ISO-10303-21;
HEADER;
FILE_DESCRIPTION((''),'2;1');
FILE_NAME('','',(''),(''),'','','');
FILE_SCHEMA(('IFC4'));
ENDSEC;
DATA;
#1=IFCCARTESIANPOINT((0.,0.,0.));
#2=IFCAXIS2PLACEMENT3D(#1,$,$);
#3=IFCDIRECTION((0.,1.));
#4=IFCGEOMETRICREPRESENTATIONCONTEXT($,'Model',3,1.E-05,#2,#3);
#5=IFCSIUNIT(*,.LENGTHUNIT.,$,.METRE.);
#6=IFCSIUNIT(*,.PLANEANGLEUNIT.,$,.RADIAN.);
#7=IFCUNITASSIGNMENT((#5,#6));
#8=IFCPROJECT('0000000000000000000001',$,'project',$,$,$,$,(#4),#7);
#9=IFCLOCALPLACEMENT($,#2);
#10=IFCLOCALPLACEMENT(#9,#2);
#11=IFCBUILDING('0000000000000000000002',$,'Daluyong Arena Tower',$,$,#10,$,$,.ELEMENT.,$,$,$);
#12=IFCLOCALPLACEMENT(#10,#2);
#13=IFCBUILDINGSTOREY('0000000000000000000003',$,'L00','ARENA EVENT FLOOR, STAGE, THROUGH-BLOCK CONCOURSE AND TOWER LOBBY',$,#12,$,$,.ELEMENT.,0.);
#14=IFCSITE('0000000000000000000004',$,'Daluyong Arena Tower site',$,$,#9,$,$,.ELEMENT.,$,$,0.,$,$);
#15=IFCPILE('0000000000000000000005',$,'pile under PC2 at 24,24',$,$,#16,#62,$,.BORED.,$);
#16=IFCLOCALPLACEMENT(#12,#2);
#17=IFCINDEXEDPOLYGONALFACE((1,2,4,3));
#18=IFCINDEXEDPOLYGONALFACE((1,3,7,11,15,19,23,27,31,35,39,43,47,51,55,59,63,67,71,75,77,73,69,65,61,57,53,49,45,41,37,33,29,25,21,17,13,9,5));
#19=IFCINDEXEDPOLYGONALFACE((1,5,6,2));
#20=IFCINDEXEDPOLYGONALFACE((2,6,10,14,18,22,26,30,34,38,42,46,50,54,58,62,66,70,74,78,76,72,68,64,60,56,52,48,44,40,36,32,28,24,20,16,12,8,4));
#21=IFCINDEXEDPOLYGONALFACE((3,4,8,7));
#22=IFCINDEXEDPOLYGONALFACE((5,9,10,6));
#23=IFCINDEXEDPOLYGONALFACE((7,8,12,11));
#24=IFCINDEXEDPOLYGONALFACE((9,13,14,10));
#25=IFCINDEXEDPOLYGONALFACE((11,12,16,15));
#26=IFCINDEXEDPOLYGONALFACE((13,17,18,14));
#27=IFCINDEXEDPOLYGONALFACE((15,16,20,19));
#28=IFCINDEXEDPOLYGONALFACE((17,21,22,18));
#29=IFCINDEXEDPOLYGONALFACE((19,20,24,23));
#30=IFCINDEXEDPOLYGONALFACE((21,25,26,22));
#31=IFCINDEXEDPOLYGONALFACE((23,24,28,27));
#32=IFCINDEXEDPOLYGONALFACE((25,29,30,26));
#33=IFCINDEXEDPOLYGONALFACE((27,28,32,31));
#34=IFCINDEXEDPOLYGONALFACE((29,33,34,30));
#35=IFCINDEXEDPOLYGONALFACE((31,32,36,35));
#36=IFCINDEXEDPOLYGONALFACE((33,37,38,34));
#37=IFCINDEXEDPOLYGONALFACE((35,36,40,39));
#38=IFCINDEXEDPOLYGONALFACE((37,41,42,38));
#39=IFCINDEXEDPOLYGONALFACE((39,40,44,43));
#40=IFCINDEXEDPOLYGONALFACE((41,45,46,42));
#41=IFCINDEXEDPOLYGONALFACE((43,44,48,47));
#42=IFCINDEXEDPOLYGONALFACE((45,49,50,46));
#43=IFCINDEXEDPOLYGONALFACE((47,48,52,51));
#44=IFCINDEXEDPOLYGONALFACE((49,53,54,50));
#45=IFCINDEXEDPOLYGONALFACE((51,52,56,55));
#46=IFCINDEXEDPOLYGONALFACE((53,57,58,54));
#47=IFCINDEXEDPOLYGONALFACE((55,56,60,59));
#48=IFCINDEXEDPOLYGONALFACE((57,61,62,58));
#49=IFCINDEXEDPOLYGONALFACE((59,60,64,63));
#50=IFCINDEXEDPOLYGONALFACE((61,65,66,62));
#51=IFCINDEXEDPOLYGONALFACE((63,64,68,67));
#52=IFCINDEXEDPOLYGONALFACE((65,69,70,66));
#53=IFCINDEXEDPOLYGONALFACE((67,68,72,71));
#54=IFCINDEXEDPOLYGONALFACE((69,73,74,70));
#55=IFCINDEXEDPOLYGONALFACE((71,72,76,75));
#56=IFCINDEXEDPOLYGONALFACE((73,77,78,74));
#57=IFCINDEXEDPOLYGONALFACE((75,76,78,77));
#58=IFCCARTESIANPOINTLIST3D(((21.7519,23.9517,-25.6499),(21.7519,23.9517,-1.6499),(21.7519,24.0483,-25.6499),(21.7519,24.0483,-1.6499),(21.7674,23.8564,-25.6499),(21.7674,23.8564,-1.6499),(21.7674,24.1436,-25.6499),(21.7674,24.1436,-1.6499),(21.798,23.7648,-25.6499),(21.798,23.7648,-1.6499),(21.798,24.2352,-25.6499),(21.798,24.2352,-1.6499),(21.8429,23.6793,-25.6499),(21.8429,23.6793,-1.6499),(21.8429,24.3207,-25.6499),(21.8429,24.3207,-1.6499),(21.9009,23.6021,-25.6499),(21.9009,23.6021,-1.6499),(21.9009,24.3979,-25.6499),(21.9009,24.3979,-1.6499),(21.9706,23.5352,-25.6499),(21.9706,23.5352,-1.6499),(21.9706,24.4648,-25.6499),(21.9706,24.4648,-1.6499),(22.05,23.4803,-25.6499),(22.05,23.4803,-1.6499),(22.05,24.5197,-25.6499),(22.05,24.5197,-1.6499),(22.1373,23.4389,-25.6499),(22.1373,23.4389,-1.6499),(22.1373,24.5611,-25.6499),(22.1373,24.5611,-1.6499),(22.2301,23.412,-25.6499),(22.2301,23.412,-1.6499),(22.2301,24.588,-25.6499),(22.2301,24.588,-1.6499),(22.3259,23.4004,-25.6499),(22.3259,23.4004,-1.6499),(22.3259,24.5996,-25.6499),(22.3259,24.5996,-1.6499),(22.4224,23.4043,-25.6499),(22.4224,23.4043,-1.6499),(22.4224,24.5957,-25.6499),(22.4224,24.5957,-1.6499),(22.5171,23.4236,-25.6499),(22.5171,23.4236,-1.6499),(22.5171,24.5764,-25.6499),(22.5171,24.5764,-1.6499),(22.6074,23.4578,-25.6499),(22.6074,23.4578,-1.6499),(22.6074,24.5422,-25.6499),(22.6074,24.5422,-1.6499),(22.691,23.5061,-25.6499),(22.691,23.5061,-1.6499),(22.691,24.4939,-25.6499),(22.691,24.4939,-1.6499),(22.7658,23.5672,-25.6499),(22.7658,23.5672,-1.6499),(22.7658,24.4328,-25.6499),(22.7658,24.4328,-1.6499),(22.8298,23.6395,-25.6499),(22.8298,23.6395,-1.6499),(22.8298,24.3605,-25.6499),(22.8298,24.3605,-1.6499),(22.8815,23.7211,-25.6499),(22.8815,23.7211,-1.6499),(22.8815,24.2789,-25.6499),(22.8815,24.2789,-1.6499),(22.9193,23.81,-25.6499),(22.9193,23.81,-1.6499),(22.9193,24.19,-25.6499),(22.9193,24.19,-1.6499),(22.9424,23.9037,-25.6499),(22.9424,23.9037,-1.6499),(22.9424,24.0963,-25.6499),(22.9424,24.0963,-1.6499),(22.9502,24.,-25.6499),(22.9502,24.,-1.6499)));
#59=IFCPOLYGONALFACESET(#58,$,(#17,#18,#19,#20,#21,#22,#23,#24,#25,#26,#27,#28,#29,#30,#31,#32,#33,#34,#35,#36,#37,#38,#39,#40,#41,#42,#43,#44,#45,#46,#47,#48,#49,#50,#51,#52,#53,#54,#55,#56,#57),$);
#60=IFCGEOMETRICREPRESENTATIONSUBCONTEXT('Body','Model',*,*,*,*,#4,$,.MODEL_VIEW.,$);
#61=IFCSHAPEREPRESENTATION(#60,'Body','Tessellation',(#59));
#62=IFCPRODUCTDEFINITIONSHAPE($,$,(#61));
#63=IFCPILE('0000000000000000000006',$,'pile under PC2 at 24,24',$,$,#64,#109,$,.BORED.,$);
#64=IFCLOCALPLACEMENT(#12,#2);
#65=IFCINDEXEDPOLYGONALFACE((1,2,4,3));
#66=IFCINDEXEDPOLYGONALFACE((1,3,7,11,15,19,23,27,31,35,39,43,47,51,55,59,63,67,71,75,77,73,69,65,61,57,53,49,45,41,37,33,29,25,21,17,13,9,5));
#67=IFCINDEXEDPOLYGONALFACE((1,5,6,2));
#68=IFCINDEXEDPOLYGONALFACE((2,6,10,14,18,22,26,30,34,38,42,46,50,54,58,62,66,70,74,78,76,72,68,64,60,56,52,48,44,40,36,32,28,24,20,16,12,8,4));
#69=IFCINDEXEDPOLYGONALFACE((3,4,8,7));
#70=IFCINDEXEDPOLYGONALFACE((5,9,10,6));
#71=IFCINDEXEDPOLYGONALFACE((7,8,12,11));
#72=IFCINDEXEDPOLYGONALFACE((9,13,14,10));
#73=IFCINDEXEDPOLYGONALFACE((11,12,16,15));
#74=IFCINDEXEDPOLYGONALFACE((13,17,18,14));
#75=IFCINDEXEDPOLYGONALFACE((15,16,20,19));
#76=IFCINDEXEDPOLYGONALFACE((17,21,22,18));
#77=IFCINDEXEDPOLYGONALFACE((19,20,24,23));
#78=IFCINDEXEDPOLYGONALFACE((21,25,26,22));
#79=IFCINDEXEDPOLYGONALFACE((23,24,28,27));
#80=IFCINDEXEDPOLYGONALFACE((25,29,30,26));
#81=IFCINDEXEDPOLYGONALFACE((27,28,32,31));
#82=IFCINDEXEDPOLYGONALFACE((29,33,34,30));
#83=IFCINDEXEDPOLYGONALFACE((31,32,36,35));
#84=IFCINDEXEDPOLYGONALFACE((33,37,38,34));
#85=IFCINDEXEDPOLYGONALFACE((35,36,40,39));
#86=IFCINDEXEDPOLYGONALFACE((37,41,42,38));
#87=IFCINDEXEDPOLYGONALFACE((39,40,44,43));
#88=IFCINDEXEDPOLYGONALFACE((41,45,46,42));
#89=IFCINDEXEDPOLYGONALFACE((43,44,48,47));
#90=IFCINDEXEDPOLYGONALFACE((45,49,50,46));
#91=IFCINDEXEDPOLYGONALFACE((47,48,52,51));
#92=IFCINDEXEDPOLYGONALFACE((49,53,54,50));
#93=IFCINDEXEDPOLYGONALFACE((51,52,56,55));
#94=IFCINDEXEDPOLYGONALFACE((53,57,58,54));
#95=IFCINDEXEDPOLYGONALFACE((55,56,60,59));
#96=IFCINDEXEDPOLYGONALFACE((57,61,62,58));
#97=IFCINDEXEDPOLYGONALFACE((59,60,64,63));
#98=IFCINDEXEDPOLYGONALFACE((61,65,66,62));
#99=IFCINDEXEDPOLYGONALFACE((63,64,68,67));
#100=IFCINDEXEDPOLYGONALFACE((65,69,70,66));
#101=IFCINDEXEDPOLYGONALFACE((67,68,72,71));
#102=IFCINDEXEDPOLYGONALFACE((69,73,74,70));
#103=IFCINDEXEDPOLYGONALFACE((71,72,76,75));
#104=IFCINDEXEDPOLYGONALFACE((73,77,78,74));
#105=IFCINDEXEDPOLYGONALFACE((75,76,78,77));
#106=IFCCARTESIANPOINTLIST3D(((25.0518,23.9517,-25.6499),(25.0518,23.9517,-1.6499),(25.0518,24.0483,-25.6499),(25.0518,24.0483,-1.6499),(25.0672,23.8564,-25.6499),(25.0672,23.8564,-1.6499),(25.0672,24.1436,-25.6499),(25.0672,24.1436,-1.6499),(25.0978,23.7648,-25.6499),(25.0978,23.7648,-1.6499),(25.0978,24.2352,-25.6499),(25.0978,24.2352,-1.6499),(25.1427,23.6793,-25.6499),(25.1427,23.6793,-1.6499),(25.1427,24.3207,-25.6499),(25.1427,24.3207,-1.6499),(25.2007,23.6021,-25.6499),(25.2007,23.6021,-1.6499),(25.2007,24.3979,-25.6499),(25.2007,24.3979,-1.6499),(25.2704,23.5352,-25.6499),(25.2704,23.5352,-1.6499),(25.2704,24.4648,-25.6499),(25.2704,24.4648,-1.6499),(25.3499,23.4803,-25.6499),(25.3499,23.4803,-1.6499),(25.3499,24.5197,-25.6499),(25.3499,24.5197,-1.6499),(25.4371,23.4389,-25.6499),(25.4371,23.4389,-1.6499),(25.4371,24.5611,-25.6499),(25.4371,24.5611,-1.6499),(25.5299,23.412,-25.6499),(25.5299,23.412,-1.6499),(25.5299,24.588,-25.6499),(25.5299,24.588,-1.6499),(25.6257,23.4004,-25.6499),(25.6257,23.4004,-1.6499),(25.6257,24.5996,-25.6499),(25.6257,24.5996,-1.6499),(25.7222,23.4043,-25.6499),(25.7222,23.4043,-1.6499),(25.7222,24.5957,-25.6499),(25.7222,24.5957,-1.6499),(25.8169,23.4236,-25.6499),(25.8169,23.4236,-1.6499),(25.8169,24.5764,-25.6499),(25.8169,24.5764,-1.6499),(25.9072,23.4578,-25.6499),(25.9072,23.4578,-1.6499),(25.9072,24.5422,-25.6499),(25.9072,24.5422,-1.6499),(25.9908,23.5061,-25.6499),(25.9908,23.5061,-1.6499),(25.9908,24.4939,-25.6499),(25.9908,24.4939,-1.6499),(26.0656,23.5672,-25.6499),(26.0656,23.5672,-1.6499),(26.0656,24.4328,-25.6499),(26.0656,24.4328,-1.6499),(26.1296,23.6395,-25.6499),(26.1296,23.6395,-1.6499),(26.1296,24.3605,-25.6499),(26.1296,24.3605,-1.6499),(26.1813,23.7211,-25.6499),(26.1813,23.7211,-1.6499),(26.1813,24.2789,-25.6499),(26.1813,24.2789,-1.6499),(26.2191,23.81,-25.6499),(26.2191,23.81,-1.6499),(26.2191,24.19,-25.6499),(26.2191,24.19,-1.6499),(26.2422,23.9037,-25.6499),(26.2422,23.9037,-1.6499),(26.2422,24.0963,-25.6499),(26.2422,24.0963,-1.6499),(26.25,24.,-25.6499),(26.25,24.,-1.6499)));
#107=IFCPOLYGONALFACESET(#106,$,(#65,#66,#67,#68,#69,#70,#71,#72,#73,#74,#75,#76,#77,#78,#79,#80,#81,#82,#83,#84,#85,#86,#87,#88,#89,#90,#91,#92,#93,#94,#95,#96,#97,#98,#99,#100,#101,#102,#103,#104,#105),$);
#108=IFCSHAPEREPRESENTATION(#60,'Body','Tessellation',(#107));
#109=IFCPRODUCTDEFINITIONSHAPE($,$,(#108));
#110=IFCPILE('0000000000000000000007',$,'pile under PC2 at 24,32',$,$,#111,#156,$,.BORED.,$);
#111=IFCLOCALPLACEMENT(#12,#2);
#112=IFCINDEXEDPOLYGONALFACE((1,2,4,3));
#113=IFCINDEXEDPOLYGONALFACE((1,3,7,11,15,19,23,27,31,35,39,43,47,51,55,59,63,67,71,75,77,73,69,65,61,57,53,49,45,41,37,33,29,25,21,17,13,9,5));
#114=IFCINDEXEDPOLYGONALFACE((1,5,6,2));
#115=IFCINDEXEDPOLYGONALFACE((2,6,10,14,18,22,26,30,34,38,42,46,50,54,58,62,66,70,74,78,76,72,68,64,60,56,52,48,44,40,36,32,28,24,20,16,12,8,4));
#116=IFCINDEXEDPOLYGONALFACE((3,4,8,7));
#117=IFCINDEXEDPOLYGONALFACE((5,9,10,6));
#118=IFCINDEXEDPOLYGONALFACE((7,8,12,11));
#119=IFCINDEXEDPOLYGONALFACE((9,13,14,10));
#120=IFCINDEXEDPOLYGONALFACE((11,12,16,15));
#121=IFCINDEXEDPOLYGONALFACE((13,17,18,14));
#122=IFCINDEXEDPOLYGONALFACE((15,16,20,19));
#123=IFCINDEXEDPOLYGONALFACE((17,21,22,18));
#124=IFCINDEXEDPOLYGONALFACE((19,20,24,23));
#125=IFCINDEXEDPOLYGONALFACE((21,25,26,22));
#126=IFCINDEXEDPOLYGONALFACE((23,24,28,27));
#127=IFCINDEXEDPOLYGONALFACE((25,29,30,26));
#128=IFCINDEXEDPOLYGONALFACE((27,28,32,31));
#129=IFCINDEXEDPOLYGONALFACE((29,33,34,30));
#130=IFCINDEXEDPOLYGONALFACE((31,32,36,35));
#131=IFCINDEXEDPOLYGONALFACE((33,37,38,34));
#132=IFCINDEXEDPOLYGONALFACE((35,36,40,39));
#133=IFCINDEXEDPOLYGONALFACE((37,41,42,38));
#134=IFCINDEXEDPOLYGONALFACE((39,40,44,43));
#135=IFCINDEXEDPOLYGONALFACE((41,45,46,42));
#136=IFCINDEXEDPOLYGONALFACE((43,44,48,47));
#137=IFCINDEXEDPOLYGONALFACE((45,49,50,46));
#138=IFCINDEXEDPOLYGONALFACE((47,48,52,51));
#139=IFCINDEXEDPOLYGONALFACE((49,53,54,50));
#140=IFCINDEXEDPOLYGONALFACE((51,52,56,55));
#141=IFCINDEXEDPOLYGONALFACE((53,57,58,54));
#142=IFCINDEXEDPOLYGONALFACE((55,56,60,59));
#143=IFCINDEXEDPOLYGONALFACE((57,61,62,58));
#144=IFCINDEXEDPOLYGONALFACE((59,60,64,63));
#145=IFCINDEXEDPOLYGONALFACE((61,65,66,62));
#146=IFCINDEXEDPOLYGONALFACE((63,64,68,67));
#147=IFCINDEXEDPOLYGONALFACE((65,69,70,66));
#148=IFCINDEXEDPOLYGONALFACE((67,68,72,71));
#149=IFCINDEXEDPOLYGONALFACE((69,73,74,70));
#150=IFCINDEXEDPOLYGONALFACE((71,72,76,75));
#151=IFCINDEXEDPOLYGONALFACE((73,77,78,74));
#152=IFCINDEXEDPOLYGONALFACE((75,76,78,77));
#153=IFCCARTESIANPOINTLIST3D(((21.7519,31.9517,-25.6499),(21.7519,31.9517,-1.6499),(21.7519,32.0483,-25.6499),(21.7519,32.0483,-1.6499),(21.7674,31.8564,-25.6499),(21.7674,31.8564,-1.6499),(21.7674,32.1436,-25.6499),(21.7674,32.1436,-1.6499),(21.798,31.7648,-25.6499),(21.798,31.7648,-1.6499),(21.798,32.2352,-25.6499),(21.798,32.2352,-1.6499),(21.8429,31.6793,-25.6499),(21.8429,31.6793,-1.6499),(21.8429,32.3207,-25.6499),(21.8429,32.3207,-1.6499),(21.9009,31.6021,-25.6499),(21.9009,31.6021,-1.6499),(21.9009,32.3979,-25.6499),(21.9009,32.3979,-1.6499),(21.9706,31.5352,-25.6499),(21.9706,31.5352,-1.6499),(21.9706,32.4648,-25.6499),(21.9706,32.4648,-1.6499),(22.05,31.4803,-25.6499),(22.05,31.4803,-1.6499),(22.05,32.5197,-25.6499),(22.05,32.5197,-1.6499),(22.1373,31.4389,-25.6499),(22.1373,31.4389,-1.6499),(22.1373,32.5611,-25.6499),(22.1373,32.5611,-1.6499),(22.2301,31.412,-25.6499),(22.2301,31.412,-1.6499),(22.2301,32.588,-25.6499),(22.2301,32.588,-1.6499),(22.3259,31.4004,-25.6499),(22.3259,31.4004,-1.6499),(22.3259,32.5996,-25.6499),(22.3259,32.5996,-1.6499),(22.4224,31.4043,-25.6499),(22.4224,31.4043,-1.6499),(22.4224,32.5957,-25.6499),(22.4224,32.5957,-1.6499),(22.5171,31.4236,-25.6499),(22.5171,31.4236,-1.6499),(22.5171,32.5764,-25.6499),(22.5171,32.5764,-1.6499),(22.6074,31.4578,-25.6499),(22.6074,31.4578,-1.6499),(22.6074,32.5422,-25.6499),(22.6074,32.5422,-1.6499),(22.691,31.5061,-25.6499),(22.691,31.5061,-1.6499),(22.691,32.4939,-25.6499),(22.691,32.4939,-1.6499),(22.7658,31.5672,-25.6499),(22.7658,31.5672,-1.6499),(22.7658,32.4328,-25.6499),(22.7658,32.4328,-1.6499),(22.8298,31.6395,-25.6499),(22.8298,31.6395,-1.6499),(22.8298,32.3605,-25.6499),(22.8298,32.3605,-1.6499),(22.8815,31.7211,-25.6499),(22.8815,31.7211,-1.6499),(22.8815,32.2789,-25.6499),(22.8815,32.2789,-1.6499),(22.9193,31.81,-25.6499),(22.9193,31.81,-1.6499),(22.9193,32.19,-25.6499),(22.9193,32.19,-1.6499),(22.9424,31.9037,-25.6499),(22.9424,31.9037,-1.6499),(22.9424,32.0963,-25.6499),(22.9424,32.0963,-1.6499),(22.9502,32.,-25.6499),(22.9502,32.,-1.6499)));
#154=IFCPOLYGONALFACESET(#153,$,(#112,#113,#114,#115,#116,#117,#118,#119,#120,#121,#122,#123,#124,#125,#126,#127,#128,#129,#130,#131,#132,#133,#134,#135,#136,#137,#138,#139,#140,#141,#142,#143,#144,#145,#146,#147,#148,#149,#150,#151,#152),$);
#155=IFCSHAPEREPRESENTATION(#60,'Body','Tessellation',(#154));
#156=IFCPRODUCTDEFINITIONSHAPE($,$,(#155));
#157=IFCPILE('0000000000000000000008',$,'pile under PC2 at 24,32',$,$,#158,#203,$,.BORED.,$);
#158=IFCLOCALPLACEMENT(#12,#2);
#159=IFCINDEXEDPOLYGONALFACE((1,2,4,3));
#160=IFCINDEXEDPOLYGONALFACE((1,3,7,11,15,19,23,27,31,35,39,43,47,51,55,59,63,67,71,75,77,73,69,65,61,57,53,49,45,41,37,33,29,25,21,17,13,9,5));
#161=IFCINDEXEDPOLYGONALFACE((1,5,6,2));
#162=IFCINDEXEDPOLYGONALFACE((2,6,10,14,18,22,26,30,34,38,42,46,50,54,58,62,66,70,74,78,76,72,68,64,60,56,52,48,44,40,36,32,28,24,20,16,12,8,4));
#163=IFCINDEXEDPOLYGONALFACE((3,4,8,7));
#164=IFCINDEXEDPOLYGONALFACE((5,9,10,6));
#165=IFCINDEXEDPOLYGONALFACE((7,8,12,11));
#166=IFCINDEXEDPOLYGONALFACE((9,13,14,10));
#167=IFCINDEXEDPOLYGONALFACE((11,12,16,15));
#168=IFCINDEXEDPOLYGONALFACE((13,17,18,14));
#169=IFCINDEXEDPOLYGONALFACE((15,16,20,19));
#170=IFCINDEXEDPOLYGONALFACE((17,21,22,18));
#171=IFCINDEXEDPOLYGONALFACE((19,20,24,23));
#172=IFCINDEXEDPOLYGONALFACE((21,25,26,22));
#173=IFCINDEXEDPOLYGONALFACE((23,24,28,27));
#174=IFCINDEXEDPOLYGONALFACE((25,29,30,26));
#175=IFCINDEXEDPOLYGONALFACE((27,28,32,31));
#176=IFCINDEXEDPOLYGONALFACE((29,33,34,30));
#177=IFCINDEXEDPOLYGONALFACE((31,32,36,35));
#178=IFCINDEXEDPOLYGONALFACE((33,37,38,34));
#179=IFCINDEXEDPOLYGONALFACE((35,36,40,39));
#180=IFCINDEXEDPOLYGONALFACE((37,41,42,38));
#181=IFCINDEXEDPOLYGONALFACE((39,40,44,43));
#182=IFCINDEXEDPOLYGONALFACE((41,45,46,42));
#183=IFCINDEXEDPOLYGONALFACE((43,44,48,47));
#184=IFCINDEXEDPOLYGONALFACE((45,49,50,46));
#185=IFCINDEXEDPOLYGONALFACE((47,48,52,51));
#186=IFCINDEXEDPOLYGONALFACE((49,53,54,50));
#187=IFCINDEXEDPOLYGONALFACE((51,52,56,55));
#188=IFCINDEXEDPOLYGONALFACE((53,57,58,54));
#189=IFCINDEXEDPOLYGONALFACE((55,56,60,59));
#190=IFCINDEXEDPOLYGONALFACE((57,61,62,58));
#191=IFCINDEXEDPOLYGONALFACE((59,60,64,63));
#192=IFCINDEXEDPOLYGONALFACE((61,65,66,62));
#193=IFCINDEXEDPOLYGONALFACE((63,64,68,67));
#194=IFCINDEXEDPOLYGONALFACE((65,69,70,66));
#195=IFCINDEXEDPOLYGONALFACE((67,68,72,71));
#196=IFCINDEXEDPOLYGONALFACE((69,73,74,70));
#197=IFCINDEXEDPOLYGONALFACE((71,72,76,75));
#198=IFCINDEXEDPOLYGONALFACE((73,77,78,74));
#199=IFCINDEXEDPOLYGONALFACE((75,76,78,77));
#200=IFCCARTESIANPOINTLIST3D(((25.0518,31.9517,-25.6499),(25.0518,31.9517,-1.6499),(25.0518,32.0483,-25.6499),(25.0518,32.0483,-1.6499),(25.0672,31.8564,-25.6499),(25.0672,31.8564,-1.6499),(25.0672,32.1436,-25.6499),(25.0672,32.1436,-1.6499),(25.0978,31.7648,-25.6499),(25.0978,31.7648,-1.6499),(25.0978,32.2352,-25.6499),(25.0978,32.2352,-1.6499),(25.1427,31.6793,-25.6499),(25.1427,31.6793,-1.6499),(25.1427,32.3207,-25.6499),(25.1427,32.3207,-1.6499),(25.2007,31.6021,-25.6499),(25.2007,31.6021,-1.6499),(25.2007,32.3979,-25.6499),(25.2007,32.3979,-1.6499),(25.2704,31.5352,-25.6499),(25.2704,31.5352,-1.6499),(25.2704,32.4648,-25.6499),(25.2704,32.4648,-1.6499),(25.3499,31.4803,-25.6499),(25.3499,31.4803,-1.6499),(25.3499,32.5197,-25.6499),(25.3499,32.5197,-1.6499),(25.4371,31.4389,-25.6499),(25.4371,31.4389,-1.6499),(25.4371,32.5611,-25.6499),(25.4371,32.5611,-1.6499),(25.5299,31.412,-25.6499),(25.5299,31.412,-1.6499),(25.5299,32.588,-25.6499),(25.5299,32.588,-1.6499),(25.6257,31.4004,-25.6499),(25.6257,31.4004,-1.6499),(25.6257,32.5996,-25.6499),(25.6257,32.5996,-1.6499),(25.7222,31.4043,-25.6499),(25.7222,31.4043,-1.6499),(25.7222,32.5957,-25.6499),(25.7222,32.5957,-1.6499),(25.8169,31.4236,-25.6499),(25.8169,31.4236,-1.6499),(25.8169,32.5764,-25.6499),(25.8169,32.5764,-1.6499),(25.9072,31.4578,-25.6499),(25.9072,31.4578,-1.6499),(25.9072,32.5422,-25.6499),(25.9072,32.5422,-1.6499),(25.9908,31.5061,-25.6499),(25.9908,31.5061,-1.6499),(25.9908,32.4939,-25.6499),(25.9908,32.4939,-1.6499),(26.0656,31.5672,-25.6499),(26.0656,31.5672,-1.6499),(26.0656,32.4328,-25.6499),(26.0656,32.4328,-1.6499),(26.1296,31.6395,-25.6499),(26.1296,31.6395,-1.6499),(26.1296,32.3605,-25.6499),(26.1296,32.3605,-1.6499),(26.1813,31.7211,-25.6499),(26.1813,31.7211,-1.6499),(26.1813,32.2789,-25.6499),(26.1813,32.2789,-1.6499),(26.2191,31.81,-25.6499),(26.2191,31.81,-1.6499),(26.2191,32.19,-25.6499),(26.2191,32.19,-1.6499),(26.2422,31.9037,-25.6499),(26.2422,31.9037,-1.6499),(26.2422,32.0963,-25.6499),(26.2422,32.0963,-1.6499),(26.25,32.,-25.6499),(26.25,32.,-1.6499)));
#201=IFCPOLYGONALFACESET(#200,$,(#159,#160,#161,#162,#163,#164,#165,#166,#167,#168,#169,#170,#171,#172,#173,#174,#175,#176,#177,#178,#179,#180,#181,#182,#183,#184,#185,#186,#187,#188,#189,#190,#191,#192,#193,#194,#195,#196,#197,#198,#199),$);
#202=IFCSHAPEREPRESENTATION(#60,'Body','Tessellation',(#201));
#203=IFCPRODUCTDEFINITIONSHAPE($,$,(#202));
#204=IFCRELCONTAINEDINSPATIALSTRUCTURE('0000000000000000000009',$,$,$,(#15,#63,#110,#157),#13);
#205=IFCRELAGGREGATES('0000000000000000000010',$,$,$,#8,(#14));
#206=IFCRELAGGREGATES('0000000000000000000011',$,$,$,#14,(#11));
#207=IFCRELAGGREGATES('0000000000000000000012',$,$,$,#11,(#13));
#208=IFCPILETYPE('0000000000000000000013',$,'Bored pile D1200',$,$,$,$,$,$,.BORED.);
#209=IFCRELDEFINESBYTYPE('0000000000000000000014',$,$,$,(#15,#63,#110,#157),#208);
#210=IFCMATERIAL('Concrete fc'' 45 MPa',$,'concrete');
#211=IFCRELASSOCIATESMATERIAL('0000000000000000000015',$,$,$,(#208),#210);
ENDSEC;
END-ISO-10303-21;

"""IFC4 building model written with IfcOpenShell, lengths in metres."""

from ifc_helpers import new_model, si_unit, direction, frame, origin, origin_2d, place, context, subcontext, project, spatial, circle, extrude, material, type_object, element, save


model = new_model("IFC4")

# Units and contexts
model_context = context("Model", 3, precision=1e-05, world=origin(), true_north=direction((0.0, 1.0)))
body_context = subcontext(model_context, "Body", "Model", "MODEL_VIEW")
ifc_project = project(units=[si_unit("LENGTHUNIT", "METRE"), si_unit("PLANEANGLEUNIT", "RADIAN")], contexts=[model_context])

# Site, building, storey
site_placement = place(None, origin())
site = spatial("IfcSite", under=ifc_project, at=site_placement, Name="Daluyong Arena Tower site", CompositionType="ELEMENT", RefElevation=0.0)
building_placement = place(site_placement, origin())
building = spatial("IfcBuilding", under=site, at=building_placement, Name="Daluyong Arena Tower", CompositionType="ELEMENT")
storey_placement = place(building_placement, origin())
storey = spatial("IfcBuildingStorey", under=building, at=storey_placement, Name="L00", Description="ARENA EVENT FLOOR, STAGE, THROUGH-BLOCK CONCOURSE AND TOWER LOBBY", CompositionType="ELEMENT", Elevation=0.0)

# Piles
ifc_material_1 = material(Name="Concrete fc' 45 MPa", Category="concrete")
pile_type = type_object("IfcPileType", Name="Bored pile D1200", PredefinedType="BORED", material=ifc_material_1)
for number, where, z_axis, x_axis, name in (
    (1, (22.3501, 24.0, -1.6499), (0.0, 0.0, -1.0), (1.0, 0.0, 0.0), "pile under PC2 at 24,24"),
    (2, (25.6499, 24.0, -1.6499), (0.0, 0.0, -1.0), (1.0, 0.0, 0.0), "pile under PC2 at 24,24"),
    (3, (22.3501, 32.0, -1.6499), (0.0, 0.0, -1.0), (1.0, 0.0, 0.0), "pile under PC2 at 24,32"),
    (4, (25.6499, 32.0, -1.6499), (0.0, 0.0, -1.0), (1.0, 0.0, 0.0), "pile under PC2 at 24,32"),
):
    element("IfcPile", number, at=place(storey_placement, frame(where, z_axis=z_axis, x_axis=x_axis)), inside=storey, type_object=pile_type, Name=name, PredefinedType="BORED", context=body_context, shape_type="SweptSolid", body=[
        extrude(circle(Radius=0.6001, at=origin_2d()), origin(), (0.0, 0.0, 1.0), 24.0),
    ])

save(model, "model.ifc")
